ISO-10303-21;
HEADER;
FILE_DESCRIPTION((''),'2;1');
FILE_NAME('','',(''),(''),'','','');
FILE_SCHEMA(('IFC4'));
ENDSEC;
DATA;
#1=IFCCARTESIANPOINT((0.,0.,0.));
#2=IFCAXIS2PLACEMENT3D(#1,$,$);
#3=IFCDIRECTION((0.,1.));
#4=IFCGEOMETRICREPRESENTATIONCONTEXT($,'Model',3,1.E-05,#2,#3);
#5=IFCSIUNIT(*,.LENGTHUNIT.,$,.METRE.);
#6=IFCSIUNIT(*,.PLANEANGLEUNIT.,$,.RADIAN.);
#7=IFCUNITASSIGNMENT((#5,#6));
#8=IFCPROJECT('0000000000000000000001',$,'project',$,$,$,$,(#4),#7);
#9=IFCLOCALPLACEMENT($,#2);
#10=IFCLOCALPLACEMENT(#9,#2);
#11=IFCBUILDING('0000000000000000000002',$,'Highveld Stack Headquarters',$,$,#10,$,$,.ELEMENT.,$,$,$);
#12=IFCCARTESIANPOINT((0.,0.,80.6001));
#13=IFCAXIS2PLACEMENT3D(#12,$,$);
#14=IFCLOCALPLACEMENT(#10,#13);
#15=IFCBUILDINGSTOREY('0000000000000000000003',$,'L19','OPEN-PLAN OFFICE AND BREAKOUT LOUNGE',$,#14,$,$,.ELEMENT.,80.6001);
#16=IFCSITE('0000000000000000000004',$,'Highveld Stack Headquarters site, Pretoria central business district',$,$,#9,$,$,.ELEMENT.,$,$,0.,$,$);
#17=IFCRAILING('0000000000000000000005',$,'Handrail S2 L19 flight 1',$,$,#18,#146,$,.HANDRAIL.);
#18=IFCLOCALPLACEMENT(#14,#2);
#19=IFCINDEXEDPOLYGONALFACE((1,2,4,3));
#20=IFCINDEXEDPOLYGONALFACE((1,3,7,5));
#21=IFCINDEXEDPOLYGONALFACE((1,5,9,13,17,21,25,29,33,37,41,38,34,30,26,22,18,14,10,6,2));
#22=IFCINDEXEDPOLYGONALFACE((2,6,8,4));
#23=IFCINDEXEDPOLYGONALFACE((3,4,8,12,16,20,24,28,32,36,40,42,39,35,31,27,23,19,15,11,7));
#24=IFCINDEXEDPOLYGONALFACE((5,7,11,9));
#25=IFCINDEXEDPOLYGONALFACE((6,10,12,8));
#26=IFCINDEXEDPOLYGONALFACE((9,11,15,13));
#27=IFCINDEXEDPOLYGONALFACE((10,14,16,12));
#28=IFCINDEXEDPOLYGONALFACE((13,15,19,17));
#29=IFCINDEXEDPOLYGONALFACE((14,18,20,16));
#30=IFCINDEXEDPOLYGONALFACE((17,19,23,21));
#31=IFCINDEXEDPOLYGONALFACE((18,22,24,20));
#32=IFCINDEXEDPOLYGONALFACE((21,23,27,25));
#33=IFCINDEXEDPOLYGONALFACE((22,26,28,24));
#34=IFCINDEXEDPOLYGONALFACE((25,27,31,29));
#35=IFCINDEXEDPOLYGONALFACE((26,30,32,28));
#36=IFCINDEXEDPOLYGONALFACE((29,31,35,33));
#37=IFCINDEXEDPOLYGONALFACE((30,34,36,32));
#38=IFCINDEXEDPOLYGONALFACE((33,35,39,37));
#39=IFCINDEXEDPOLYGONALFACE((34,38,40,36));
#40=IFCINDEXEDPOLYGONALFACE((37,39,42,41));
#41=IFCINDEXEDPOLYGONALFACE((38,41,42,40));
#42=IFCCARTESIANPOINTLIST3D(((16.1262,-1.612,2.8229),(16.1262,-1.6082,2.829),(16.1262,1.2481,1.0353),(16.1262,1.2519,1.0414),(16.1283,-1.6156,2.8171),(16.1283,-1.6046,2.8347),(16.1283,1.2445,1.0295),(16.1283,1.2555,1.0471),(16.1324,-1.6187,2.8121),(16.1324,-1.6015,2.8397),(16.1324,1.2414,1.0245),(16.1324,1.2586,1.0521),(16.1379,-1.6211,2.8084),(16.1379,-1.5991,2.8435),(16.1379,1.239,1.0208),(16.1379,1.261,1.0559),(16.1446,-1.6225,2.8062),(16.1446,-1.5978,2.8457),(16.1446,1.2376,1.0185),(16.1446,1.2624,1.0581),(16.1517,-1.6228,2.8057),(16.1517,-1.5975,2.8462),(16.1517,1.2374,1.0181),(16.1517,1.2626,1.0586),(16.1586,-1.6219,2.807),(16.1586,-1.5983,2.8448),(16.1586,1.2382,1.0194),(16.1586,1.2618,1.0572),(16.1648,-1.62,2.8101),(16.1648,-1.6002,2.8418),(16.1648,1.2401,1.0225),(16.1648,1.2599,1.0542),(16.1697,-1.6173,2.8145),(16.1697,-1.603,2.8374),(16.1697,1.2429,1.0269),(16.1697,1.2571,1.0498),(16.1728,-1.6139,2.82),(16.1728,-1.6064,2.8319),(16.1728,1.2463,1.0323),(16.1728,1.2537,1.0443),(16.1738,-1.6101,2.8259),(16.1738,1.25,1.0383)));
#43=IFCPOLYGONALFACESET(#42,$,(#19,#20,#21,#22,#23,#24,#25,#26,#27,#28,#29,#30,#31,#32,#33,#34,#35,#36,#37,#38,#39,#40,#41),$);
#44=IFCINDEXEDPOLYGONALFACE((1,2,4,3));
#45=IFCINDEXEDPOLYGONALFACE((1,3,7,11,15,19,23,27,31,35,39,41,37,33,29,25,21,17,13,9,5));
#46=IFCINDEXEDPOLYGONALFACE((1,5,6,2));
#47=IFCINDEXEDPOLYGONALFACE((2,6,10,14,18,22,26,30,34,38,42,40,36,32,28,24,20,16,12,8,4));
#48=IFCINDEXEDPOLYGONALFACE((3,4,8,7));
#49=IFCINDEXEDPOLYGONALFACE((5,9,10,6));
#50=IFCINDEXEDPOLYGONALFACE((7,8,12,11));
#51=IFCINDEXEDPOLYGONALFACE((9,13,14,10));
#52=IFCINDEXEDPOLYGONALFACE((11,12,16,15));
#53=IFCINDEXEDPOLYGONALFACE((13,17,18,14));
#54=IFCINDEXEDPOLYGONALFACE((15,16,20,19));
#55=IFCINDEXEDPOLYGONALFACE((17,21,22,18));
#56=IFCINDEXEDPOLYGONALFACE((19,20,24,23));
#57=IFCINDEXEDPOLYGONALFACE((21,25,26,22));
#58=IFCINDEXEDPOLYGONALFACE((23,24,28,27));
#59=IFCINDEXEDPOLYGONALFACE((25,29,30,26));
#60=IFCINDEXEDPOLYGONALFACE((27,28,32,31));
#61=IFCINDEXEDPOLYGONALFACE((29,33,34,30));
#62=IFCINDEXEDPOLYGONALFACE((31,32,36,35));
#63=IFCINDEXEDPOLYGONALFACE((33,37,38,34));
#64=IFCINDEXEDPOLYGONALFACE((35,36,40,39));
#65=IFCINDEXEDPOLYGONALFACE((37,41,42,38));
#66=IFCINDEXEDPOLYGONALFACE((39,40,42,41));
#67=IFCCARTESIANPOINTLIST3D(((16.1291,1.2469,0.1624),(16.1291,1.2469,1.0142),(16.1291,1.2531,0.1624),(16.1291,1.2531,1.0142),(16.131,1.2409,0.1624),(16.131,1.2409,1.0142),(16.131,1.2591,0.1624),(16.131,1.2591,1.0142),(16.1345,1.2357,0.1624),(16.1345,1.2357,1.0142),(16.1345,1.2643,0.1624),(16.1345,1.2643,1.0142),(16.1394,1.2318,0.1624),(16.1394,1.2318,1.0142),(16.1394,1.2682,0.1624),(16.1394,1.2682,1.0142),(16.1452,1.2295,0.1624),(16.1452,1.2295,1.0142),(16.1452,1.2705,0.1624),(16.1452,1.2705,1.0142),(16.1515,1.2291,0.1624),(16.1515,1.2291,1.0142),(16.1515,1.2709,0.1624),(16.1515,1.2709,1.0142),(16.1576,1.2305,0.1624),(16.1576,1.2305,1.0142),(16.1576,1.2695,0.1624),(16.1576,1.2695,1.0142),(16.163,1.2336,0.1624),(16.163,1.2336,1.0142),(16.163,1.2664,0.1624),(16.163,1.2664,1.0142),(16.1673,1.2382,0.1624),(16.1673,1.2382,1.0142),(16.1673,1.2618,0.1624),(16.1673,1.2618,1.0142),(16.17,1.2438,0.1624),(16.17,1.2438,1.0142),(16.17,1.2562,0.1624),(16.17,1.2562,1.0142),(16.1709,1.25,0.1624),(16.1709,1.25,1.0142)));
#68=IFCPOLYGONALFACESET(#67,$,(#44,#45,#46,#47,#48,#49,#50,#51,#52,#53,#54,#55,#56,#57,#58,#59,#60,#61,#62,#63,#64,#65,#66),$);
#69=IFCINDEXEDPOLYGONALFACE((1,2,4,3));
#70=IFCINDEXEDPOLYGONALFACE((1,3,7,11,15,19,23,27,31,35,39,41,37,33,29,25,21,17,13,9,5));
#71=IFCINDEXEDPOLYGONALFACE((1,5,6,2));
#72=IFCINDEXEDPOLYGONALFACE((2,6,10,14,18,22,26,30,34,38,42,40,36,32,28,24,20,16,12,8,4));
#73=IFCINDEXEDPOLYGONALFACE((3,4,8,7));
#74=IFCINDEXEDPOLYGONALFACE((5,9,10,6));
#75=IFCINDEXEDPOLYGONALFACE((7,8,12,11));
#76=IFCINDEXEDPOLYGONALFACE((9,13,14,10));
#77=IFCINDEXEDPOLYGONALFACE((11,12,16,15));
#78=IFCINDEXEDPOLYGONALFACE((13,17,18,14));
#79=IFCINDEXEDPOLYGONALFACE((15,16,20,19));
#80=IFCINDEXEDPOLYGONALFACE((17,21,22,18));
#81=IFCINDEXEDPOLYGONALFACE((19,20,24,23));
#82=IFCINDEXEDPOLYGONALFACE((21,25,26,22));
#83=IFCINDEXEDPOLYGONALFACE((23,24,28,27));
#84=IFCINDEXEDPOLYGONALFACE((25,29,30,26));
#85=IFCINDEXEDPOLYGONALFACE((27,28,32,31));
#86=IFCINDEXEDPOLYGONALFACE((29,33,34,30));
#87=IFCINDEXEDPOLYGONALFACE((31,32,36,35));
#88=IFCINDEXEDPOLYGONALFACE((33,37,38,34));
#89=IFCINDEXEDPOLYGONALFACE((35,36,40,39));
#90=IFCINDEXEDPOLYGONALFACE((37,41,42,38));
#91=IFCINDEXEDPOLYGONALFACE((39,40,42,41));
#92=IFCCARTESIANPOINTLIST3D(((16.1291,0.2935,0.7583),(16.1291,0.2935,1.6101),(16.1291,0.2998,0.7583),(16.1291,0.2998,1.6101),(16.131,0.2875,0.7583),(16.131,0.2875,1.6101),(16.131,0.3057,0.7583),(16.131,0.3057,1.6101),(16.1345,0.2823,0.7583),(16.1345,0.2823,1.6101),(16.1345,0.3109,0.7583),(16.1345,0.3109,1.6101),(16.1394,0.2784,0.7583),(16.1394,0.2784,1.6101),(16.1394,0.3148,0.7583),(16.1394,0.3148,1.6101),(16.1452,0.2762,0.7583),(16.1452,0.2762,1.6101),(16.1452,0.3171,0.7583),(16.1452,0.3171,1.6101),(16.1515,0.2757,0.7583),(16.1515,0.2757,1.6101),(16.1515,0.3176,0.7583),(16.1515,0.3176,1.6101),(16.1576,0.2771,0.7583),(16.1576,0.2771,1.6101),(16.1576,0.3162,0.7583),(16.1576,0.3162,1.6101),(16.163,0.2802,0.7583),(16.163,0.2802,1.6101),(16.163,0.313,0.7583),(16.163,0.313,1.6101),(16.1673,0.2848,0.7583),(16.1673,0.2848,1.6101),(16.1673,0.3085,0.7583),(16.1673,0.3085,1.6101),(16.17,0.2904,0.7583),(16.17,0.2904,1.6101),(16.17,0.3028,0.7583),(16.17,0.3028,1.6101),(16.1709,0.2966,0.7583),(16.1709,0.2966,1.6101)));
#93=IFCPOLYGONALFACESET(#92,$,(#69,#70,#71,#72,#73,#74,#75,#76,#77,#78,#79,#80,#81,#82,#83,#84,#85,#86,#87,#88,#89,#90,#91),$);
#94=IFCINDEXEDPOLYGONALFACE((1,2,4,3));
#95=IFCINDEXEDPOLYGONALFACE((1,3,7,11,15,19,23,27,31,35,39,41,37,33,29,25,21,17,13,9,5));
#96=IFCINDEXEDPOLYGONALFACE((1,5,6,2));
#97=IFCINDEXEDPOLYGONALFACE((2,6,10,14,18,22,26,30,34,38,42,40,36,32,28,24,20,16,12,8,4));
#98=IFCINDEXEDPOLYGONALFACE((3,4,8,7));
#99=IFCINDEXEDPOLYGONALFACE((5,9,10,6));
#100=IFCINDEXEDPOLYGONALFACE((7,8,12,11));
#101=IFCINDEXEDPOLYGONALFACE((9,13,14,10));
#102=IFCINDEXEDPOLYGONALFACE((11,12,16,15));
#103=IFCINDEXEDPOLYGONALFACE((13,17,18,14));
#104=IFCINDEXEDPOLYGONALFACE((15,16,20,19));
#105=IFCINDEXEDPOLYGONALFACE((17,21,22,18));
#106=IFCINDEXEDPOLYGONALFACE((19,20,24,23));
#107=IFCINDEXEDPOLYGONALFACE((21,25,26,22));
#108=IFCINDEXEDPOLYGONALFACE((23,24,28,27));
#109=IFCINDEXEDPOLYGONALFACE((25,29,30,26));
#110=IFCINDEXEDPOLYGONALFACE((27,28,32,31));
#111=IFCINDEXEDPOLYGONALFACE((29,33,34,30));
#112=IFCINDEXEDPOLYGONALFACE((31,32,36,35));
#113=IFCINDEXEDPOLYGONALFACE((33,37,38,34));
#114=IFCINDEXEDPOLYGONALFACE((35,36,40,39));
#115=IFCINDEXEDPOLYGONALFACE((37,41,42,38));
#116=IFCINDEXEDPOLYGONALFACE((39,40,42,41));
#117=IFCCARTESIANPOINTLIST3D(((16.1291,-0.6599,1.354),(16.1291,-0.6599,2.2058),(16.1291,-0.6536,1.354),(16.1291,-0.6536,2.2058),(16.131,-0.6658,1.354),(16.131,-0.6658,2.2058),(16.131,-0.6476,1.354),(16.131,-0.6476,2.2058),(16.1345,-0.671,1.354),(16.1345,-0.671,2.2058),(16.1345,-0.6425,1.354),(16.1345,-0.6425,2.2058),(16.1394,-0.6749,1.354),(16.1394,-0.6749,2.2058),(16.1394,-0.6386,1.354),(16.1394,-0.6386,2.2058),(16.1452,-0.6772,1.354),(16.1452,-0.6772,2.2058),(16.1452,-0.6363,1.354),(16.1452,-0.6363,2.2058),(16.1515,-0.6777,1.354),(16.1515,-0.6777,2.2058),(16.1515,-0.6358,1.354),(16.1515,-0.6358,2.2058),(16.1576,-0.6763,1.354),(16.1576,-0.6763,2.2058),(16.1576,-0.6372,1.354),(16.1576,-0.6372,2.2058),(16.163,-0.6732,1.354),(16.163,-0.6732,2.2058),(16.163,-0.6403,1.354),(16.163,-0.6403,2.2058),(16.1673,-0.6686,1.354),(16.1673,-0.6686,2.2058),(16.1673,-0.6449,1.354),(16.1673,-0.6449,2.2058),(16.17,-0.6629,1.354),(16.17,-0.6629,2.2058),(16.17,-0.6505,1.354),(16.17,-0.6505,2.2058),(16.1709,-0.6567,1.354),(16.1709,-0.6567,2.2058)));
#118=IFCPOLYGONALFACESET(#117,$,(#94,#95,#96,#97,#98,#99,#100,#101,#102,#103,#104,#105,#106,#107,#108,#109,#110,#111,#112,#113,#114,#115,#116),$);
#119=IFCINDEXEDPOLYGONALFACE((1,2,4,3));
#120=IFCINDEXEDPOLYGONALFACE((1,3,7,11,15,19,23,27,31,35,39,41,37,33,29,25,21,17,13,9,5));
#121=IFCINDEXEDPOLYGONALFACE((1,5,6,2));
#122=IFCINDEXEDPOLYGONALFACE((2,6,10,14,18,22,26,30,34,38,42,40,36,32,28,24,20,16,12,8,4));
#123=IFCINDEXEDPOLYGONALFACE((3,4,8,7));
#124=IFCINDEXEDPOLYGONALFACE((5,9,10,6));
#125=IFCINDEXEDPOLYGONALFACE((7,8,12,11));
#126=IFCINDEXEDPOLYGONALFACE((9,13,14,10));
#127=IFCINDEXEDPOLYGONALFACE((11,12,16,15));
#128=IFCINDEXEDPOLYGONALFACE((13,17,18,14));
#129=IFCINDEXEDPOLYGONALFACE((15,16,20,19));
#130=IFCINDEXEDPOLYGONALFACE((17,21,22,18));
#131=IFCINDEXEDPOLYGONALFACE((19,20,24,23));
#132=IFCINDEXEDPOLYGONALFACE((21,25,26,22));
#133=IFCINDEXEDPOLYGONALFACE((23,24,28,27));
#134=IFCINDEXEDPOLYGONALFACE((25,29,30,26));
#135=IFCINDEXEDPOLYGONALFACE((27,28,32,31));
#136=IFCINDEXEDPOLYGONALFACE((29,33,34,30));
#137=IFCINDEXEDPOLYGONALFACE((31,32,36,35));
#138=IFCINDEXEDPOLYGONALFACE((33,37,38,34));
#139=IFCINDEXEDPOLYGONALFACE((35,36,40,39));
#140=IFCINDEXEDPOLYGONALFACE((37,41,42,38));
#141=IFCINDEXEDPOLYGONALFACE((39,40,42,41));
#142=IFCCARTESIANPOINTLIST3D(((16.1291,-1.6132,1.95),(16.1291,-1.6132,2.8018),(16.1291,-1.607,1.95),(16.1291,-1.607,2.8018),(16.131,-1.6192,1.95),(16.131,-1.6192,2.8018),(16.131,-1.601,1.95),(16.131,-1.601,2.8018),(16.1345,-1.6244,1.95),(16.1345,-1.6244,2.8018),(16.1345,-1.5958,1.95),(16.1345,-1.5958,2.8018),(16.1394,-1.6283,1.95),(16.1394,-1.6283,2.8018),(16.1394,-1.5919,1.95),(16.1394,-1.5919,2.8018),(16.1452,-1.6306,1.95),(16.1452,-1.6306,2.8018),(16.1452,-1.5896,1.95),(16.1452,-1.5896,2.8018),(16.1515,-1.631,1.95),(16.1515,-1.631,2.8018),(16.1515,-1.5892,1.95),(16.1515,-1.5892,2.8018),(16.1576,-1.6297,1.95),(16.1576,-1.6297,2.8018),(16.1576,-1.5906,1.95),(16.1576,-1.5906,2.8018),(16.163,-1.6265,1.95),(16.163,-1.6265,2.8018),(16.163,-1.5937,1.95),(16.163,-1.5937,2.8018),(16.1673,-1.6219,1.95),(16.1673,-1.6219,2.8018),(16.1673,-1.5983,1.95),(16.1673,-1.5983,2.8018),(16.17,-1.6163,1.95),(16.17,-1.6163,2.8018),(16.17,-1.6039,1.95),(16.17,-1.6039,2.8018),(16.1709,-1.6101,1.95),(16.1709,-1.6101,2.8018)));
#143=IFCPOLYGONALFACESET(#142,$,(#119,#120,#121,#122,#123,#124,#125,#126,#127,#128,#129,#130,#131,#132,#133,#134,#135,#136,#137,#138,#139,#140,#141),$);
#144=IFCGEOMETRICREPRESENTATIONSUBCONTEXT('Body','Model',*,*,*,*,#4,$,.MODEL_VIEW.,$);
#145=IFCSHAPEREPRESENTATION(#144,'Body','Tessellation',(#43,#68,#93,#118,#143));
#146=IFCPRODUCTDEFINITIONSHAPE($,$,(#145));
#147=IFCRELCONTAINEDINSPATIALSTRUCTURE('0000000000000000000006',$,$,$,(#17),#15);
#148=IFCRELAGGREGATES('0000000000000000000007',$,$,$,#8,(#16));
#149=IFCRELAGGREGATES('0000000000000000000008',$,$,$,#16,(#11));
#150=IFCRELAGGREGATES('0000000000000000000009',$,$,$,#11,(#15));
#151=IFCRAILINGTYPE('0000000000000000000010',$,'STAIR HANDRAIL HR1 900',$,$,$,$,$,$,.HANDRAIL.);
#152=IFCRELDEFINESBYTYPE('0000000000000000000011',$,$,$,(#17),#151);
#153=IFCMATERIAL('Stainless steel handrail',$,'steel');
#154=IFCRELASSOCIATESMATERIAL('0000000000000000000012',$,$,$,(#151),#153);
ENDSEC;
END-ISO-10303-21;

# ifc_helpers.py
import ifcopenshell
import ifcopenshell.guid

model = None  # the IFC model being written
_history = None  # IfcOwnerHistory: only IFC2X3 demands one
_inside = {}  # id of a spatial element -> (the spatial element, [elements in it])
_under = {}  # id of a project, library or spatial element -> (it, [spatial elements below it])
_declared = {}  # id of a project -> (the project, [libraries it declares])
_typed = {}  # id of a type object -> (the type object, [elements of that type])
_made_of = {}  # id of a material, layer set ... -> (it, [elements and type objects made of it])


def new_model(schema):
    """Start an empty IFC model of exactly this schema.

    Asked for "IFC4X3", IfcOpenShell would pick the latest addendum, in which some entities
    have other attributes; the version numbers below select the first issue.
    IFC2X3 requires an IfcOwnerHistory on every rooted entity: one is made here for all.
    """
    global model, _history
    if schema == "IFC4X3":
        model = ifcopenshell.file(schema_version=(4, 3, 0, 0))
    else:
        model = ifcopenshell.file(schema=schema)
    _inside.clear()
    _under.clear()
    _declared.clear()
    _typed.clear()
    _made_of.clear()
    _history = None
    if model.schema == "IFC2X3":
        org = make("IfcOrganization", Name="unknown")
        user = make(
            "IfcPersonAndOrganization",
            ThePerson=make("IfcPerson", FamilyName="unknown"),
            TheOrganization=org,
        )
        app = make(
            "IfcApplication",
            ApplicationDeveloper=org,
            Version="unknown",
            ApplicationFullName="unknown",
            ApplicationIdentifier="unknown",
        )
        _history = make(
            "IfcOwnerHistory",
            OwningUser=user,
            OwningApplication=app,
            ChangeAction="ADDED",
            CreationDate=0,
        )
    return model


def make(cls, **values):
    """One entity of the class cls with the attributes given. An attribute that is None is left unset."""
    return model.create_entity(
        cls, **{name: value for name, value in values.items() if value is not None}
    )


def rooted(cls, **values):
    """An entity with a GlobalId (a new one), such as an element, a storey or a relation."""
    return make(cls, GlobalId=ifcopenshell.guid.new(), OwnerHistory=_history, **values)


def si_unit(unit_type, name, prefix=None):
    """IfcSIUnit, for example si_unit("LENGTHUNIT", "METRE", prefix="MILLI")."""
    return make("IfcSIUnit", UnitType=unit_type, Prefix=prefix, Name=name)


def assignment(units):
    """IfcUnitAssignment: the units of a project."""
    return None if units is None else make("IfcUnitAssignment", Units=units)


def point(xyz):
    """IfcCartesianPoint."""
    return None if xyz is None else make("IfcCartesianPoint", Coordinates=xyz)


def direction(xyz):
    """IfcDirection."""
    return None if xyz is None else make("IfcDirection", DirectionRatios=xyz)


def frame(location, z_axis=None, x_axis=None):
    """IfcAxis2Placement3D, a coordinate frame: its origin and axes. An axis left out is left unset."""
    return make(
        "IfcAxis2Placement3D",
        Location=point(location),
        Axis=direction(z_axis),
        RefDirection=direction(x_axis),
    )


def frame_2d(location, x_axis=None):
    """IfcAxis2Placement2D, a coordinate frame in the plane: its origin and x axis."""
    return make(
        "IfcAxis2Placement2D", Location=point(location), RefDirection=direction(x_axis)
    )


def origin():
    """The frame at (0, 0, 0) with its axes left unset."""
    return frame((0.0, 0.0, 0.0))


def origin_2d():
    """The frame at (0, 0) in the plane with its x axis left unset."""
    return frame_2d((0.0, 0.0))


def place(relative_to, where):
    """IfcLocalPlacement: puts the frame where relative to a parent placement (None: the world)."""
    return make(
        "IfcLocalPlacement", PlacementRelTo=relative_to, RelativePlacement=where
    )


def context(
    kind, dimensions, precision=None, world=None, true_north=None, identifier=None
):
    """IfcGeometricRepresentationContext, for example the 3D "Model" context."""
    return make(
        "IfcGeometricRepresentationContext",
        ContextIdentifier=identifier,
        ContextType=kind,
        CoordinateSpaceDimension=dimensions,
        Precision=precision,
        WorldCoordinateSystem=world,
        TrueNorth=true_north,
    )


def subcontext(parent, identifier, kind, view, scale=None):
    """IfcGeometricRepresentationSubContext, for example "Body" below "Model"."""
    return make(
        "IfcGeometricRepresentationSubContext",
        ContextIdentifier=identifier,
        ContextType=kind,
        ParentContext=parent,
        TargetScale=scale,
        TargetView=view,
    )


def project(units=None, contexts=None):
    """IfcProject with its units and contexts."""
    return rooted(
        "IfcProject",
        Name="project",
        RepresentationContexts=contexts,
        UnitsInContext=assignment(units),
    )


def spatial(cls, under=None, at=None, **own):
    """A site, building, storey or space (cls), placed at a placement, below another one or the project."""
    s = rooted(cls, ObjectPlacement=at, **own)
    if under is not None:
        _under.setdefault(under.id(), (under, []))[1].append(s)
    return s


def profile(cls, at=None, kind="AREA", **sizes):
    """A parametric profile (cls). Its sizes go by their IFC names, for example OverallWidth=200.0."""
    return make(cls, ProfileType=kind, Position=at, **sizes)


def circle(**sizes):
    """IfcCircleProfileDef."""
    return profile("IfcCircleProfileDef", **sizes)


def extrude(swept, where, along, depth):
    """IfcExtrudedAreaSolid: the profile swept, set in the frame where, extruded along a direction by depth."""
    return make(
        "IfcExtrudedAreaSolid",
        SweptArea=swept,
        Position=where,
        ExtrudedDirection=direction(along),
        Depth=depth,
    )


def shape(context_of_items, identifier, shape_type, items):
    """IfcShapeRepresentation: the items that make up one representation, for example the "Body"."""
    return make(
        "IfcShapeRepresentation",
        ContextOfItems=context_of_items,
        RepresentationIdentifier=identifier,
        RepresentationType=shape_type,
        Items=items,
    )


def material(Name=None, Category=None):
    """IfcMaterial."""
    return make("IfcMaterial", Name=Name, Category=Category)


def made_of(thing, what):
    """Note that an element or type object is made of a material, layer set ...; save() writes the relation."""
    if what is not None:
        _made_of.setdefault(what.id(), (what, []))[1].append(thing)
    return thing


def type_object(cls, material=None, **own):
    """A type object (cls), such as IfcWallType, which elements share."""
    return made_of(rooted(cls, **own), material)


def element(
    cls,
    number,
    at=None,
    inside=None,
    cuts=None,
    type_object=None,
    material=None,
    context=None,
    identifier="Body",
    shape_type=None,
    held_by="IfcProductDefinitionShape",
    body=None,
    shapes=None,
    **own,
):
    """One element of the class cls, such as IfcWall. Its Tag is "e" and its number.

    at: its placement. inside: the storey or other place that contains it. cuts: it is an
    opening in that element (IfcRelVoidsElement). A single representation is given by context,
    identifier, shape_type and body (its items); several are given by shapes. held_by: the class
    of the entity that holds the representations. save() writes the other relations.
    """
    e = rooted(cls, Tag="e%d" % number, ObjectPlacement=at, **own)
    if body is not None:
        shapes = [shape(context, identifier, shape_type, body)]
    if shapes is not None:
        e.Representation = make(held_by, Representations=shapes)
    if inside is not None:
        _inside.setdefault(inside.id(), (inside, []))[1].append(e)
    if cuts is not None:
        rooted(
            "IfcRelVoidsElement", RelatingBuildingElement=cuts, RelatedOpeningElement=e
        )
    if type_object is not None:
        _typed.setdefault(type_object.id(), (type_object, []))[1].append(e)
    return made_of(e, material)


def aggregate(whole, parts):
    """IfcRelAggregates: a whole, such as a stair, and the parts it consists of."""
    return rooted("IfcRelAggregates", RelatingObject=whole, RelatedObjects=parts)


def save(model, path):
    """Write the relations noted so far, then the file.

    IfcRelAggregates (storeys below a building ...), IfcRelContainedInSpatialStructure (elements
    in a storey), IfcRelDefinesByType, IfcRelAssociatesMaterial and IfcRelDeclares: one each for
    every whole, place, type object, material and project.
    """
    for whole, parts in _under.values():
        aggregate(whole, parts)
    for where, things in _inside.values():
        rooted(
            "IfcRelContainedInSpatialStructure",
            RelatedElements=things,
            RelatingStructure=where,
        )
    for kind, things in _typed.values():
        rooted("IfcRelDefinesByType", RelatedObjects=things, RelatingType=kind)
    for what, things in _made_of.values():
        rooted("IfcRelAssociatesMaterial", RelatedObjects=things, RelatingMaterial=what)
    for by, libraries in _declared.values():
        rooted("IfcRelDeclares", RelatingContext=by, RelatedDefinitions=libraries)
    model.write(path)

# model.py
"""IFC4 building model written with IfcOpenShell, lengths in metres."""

from ifc_helpers import new_model, si_unit, direction, frame, origin, origin_2d, place, context, subcontext, project, spatial, circle, extrude, material, type_object, element, save


model = new_model("IFC4")

# Units and contexts
model_context = context("Model", 3, precision=1e-05, world=origin(), true_north=direction((0.0, 1.0)))
body_context = subcontext(model_context, "Body", "Model", "MODEL_VIEW")
ifc_project = project(units=[si_unit("LENGTHUNIT", "METRE"), si_unit("PLANEANGLEUNIT", "RADIAN")], contexts=[model_context])

# Site, building, storey
site_placement = place(None, origin())
site = spatial("IfcSite", under=ifc_project, at=site_placement, Name="Highveld Stack Headquarters site, Pretoria central business district", CompositionType="ELEMENT", RefElevation=0.0)
building_placement = place(site_placement, origin())
building = spatial("IfcBuilding", under=site, at=building_placement, Name="Highveld Stack Headquarters", CompositionType="ELEMENT")
storey_placement = place(building_placement, frame((0.0, 0.0, 80.6001)))
storey = spatial("IfcBuildingStorey", under=building, at=storey_placement, Name="L19", Description="OPEN-PLAN OFFICE AND BREAKOUT LOUNGE", CompositionType="ELEMENT", Elevation=80.6001)

# Railing
ifc_material_1 = material(Name="Stainless steel handrail", Category="steel")
railing_type = type_object("IfcRailingType", Name="STAIR HANDRAIL HR1 900", PredefinedType="HANDRAIL", material=ifc_material_1)
for number, where, name in (
    (1, (16.1499, 1.25, 0.1624), "Handrail S2 L19 flight 1"),
):
    element("IfcRailing", number, at=place(storey_placement, frame(where)), inside=storey, type_object=railing_type, Name=name, PredefinedType="HANDRAIL", context=body_context, shape_type="SweptSolid", body=[
        extrude(circle(Radius=0.0239, at=origin_2d()), frame((0.0, 0.0, 0.876), z_axis=(0.0, -0.847994, 0.530005), x_axis=(1.0, 0.0, 0.0)), (0.0, 0.0, 1.0), 3.3728),
        extrude(circle(Radius=0.021, at=origin_2d()), origin(), (0.0, 0.0, 1.0), 0.8518),
        extrude(circle(Radius=0.021, at=origin_2d()), frame((0.0, -0.9534, 0.5959)), (0.0, 0.0, 1.0), 0.8518),
        extrude(circle(Radius=0.021, at=origin_2d()), frame((0.0, -1.9067, 1.1917)), (0.0, 0.0, 1.0), 0.8518),
        extrude(circle(Radius=0.021, at=origin_2d()), frame((0.0, -2.8601, 1.7876)), (0.0, 0.0, 1.0), 0.8518),
    ])

save(model, "model.ifc")
